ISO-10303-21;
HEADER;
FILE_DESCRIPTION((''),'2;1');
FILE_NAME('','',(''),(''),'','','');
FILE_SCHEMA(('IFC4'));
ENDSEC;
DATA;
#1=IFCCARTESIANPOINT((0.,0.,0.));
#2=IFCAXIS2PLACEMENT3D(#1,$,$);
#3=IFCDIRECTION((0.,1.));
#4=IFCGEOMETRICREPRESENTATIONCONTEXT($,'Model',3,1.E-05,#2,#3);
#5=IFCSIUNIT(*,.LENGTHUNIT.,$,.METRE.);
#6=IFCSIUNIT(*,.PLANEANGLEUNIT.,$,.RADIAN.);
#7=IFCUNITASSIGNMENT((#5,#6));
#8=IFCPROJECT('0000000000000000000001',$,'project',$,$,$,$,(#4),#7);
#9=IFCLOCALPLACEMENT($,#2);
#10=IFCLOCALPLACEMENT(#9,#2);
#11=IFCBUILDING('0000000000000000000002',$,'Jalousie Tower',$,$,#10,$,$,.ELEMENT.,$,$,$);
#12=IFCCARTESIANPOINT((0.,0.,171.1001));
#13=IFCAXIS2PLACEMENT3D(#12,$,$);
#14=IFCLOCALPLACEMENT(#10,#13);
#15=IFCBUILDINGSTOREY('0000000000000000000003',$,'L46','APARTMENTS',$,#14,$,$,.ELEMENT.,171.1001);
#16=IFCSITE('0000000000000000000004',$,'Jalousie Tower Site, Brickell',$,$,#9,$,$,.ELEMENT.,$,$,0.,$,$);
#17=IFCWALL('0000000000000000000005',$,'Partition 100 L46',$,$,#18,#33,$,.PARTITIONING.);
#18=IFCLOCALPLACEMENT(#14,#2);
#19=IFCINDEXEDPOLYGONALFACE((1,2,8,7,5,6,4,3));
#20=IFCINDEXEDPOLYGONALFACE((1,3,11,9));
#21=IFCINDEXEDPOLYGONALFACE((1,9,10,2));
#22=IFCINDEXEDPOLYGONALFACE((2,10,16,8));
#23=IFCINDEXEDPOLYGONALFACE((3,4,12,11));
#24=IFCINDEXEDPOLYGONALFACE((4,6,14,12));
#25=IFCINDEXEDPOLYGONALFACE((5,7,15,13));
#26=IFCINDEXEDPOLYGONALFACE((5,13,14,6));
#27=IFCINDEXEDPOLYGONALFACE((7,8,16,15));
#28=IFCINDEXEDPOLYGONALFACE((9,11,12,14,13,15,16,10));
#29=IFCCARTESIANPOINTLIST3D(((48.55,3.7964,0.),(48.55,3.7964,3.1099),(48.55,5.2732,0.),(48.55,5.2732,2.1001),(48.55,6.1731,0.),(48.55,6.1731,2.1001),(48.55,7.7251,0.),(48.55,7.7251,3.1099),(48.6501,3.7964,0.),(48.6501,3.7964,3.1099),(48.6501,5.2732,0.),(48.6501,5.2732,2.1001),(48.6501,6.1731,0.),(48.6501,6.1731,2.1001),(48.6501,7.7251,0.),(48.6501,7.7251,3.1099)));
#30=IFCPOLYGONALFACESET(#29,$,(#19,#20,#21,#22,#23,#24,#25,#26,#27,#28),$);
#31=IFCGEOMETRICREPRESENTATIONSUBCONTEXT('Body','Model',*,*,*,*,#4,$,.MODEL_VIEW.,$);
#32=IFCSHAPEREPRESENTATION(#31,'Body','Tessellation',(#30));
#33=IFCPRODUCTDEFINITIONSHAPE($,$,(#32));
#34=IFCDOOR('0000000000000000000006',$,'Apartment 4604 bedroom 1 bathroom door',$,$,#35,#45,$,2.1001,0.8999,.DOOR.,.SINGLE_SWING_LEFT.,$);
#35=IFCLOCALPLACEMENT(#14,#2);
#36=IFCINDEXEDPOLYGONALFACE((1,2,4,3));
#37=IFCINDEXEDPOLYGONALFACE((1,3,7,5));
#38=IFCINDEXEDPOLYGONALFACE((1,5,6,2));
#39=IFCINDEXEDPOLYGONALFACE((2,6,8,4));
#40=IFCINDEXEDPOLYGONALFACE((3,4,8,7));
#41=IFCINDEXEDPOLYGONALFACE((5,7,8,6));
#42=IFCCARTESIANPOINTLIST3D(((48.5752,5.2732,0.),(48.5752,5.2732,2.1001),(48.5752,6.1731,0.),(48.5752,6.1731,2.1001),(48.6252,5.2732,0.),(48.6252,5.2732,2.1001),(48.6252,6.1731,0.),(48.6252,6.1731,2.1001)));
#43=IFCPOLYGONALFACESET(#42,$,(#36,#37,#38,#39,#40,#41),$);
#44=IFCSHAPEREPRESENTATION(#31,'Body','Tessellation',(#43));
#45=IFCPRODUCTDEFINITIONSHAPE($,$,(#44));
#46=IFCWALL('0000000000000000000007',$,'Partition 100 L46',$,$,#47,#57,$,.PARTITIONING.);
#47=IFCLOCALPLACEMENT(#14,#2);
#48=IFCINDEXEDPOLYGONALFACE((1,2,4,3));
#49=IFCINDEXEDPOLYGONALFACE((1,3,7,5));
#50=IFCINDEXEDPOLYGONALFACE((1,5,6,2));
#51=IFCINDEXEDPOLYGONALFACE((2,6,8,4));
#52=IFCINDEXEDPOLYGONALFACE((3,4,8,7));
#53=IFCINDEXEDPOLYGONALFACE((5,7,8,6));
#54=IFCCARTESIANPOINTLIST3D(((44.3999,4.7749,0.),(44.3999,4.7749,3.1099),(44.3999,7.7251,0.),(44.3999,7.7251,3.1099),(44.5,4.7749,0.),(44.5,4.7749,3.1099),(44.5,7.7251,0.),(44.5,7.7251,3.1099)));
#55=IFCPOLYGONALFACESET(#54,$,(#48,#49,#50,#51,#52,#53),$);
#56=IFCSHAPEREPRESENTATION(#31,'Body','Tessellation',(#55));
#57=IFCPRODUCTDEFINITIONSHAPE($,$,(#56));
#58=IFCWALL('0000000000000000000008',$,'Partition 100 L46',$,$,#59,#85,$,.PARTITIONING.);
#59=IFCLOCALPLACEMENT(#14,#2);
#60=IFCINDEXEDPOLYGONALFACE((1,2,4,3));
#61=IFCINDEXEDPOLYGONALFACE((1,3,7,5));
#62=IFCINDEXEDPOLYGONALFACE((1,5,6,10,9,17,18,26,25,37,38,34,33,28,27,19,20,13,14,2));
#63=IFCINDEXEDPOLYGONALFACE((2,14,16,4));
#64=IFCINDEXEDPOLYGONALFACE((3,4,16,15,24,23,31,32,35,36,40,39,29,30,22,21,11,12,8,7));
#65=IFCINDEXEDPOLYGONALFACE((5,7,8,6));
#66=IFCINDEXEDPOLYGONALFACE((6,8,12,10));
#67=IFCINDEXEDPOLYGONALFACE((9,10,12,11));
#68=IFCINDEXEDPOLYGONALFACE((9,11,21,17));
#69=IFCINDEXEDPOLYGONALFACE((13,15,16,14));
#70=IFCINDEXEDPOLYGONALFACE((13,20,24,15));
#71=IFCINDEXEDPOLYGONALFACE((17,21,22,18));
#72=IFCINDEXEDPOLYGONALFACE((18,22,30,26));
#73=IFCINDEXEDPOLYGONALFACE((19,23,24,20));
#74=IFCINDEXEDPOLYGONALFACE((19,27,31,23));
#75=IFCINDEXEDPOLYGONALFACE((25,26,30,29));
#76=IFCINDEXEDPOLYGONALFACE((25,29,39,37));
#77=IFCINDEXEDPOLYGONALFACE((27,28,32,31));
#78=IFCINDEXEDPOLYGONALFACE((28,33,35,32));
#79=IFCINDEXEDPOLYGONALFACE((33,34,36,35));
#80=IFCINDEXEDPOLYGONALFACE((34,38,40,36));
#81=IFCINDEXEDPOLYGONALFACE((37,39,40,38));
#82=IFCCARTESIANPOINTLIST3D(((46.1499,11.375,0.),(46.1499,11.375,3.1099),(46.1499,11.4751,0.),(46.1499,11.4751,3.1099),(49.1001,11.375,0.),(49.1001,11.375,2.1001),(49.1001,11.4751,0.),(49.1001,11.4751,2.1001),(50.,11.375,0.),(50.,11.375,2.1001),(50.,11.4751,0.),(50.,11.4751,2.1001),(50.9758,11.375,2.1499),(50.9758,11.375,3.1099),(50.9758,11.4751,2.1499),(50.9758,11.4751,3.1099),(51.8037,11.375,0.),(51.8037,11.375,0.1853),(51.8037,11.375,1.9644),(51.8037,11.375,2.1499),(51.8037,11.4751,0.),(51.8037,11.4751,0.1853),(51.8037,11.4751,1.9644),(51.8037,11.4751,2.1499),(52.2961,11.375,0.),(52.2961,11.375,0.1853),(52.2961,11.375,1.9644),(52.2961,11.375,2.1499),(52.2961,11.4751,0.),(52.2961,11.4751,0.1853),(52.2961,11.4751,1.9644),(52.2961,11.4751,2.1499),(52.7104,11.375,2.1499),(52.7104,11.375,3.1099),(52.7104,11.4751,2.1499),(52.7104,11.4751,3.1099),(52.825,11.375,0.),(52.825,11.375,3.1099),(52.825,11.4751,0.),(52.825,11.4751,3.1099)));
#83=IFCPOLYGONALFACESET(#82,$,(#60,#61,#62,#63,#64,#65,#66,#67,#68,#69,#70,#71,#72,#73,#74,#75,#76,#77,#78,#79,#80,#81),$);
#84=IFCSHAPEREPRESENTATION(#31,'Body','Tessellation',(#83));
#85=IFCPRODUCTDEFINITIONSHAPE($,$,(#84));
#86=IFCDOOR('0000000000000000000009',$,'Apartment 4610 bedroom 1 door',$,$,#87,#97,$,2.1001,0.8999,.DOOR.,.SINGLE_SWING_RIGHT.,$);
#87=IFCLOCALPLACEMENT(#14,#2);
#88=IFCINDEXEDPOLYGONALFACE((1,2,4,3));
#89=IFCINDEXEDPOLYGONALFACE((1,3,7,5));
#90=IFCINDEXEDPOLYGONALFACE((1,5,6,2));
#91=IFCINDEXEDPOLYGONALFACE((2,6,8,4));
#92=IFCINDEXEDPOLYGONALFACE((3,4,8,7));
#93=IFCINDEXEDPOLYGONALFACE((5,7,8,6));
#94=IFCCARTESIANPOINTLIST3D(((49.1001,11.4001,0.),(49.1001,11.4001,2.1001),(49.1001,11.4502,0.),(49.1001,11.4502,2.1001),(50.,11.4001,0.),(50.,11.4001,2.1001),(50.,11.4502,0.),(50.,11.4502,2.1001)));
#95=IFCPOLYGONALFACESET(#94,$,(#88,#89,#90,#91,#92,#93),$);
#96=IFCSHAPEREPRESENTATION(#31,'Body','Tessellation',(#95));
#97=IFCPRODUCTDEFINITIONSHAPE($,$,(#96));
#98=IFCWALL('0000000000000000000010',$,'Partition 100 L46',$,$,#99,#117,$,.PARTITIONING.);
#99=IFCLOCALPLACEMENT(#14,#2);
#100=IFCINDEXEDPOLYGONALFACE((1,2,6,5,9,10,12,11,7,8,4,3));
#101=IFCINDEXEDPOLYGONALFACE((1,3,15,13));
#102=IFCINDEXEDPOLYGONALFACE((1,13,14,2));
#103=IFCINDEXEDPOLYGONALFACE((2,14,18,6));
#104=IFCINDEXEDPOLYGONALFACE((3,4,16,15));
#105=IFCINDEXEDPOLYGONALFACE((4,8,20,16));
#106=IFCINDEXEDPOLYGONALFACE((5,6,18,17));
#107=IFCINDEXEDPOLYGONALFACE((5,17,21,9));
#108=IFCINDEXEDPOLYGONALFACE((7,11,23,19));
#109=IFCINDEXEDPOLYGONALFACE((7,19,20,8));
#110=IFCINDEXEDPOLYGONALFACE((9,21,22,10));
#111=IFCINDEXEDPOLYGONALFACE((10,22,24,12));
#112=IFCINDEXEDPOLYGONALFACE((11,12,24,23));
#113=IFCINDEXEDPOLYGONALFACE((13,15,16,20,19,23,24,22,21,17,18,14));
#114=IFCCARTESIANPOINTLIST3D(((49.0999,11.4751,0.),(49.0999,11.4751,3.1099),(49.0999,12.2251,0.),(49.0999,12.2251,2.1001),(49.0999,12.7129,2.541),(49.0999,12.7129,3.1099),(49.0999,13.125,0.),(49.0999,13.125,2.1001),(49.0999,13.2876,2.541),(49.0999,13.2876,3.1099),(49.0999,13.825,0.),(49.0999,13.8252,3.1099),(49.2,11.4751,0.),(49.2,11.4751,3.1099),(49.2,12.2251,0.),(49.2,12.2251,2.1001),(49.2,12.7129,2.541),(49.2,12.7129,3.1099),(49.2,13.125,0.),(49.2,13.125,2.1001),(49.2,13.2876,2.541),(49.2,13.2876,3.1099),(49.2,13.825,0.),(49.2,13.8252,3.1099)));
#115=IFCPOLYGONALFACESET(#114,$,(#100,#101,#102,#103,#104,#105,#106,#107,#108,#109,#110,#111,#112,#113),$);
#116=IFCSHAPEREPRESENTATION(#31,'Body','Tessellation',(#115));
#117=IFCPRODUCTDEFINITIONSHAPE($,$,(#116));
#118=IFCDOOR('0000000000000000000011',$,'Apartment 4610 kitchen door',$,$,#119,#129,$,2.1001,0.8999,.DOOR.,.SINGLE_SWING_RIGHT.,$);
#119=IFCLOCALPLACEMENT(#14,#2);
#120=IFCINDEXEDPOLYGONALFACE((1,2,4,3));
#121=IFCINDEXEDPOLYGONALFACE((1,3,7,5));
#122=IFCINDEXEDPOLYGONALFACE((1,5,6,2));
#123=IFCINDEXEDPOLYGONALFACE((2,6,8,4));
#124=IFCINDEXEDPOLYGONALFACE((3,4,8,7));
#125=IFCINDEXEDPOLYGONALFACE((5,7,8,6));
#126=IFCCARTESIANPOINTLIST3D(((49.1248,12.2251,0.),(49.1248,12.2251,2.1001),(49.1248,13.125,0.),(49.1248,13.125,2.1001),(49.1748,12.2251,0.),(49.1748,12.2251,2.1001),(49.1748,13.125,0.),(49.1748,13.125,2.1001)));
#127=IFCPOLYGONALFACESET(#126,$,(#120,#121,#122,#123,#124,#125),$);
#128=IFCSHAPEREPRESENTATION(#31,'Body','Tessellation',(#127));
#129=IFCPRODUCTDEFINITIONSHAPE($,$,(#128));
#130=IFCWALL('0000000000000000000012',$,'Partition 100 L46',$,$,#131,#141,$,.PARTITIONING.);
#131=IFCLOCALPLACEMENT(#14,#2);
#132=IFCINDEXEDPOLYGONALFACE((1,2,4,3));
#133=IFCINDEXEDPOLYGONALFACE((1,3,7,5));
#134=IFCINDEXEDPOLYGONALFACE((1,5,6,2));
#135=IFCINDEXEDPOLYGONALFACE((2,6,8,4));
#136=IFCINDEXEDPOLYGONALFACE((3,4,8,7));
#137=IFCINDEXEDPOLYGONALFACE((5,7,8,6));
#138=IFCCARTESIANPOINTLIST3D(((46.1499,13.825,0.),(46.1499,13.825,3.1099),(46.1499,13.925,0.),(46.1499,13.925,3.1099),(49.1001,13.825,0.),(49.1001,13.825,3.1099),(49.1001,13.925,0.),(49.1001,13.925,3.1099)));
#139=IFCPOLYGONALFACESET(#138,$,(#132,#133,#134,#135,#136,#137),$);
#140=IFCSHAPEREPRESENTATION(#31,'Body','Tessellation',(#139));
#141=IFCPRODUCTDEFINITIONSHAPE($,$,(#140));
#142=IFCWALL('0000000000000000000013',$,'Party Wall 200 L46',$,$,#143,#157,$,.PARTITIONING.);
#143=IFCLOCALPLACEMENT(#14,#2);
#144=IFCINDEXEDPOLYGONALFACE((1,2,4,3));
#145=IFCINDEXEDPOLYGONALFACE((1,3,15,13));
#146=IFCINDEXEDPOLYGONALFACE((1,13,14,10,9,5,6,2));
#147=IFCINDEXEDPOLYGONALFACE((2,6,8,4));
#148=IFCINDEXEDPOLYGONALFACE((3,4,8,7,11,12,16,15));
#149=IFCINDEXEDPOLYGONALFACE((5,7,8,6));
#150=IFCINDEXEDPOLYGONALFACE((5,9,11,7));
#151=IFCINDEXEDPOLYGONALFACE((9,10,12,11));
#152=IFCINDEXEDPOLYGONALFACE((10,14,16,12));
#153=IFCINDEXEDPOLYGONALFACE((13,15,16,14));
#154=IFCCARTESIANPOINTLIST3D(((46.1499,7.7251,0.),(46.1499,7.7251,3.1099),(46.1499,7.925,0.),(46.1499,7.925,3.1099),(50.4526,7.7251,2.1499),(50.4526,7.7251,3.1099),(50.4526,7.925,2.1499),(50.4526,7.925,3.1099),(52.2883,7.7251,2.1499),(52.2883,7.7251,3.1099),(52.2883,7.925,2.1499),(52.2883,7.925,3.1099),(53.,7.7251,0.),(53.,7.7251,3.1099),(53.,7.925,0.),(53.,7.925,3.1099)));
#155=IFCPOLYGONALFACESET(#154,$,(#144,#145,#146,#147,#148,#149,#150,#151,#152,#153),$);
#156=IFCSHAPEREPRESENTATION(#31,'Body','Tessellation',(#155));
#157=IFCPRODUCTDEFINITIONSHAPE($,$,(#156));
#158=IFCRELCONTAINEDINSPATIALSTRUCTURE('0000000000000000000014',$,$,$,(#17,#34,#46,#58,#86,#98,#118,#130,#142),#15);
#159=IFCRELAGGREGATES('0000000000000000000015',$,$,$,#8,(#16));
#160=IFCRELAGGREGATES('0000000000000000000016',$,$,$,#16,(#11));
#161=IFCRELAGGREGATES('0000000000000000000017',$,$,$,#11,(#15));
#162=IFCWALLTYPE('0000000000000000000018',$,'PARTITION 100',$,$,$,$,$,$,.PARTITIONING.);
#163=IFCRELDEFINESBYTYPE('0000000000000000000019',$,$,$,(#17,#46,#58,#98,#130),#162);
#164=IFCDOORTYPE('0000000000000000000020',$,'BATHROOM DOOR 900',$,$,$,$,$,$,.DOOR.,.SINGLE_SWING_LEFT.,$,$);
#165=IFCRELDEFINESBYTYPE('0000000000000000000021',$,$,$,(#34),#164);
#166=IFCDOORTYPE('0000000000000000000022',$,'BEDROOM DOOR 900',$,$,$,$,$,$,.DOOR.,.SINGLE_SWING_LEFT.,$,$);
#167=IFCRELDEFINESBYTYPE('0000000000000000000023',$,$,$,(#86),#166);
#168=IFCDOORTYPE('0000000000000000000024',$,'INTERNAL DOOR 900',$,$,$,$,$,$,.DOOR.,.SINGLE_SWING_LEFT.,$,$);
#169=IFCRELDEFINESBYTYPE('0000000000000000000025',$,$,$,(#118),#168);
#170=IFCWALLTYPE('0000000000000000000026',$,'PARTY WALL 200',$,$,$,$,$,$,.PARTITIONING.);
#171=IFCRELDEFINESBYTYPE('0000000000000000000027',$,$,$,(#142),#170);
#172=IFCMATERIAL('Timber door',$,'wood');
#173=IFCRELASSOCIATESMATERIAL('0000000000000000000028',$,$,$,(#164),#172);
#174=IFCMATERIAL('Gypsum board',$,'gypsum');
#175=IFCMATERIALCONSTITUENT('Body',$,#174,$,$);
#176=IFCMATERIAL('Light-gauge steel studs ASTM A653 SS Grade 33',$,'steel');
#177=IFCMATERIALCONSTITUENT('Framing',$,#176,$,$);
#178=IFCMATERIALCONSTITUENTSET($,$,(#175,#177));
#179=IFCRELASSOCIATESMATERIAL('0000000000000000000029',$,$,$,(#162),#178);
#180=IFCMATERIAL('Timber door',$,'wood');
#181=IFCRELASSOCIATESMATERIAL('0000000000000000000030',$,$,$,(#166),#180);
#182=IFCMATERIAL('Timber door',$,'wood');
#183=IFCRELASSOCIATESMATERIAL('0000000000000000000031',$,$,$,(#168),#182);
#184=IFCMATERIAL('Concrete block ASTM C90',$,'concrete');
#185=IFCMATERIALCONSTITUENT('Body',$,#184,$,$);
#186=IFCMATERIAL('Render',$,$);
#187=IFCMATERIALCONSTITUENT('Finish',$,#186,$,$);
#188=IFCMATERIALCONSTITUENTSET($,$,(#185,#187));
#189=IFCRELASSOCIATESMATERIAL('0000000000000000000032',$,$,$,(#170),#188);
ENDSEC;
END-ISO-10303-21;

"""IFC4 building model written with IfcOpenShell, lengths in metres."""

from ifc_helpers import new_model, si_unit, direction, frame, frame_2d, origin, place, context, subcontext, project, spatial, polyline, rectangle, outline, extrude, material, constituent, constituent_set, type_object, element, fill, save


model = new_model("IFC4")

# Units and contexts
model_context = context("Model", 3, precision=1e-05, world=origin(), true_north=direction((0.0, 1.0)))
body_context = subcontext(model_context, "Body", "Model", "MODEL_VIEW")
ifc_project = project(units=[si_unit("LENGTHUNIT", "METRE"), si_unit("PLANEANGLEUNIT", "RADIAN")], contexts=[model_context])

# Site, building, storey
site_placement = place(None, origin())
site = spatial("IfcSite", under=ifc_project, at=site_placement, Name="Jalousie Tower Site, Brickell", CompositionType="ELEMENT", RefElevation=0.0)
building_placement = place(site_placement, origin())
building = spatial("IfcBuilding", under=site, at=building_placement, Name="Jalousie Tower", CompositionType="ELEMENT")
storey_placement = place(building_placement, frame((0.0, 0.0, 171.1001)))
storey = spatial("IfcBuildingStorey", under=building, at=storey_placement, Name="L46", Description="APARTMENTS", CompositionType="ELEMENT", Elevation=171.1001)

# Shared definitions
ifc_material_1 = material(Name="Timber door", Category="wood")
door_type_1 = type_object("IfcDoorType", Name="BATHROOM DOOR 900", OperationType="SINGLE_SWING_LEFT", PredefinedType="DOOR", material=ifc_material_1)

# Wall, opening, door
ifc_material_2 = material(Name="Gypsum board", Category="gypsum")
ifc_constituent_1 = constituent(ifc_material_2, Name="Body")
ifc_material_3 = material(Name="Light-gauge steel studs ASTM A653 SS Grade 33", Category="steel")
ifc_constituent_2 = constituent(ifc_material_3, Name="Framing")
ifc_constituent_set_1 = constituent_set(constituents=[ifc_constituent_1, ifc_constituent_2])
wall_type_1 = type_object("IfcWallType", Name="PARTITION 100", PredefinedType="PARTITIONING", material=ifc_constituent_set_1)
wall_1_placement = place(storey_placement, frame((48.6001, 3.7964, 0.0), z_axis=(0.0, 0.0, 1.0), x_axis=(0.0, 1.0, 0.0)))
wall_1 = element("IfcWall", 1, at=wall_1_placement, inside=storey, type_object=wall_type_1, Name="Partition 100 L46", PredefinedType="PARTITIONING", context=body_context, shape_type="SweptSolid", body=[
    extrude(rectangle(XDim=3.9287, YDim=0.1001, at=frame_2d((1.9644, 0.0))), origin(), (0.0, 0.0, 1.0), 3.1099),
])
opening_1_placement = place(wall_1_placement, frame((1.4768, 0.0, 0.0)))
opening_1 = element("IfcOpeningElement", 2, at=opening_1_placement, cuts=wall_1, PredefinedType="OPENING", context=body_context, shape_type="SweptSolid", body=[
    extrude(rectangle(XDim=0.8999, YDim=2.1001, at=frame_2d((0.45, 1.05))), frame((0.0, 0.0601, 0.0), z_axis=(0.0, -1.0, 0.0), x_axis=(1.0, 0.0, 0.0)), (0.0, 0.0, 1.0), 0.1201),
])
door_1_placement = place(opening_1_placement, origin())
door_1 = element("IfcDoor", 3, at=door_1_placement, inside=storey, type_object=door_type_1, Name="Apartment 4604 bedroom 1 bathroom door", OperationType="SINGLE_SWING_LEFT", OverallHeight=2.1001, OverallWidth=0.8999, PredefinedType="DOOR", context=body_context, shape_type="SweptSolid", body=[
    extrude(rectangle(XDim=0.8999, YDim=2.1001, at=frame_2d((0.45, 1.05))), frame((0.0, 0.0249, 0.0), z_axis=(0.0, -1.0, 0.0), x_axis=(1.0, 0.0, 0.0)), (0.0, 0.0, 1.0), 0.05),
])
fill(opening_1, door_1)

# Wall
wall_2_placement = place(storey_placement, frame((44.45, 4.7749, 0.0), z_axis=(0.0, 0.0, 1.0), x_axis=(0.0, 1.0, 0.0)))
element("IfcWall", 4, at=wall_2_placement, inside=storey, type_object=wall_type_1, Name="Partition 100 L46", PredefinedType="PARTITIONING", context=body_context, shape_type="SweptSolid", body=[
    extrude(rectangle(XDim=2.9502, YDim=0.1001, at=frame_2d((1.4751, 0.0))), origin(), (0.0, 0.0, 1.0), 3.1099),
])

# Walls, openings, doors
wall_3_placement = place(storey_placement, frame((52.825, 11.425, 0.0), z_axis=(0.0, 0.0, 1.0), x_axis=(-1.0, 0.0, 0.0)))
wall_3 = element("IfcWall", 5, at=wall_3_placement, inside=storey, type_object=wall_type_1, Name="Partition 100 L46", PredefinedType="PARTITIONING", context=body_context, shape_type="SweptSolid", body=[
    extrude(outline(polyline([(0.1145, 3.1099), (0.0, 3.1099), (0.0, 0.0), (0.5288, 0.0), (0.5288, 0.1853), (1.0212, 0.1853), (1.0212, 0.0), (6.675, 0.0), (6.675, 3.1099), (1.8491, 3.1099), (1.8491, 2.1499), (1.0212, 2.1499), (1.0212, 1.9644), (0.5288, 1.9644), (0.5288, 2.1499), (0.1145, 2.1499), (0.1145, 3.1099)])), frame((0.0, 0.05, 0.0), z_axis=(0.0, -1.0, 0.0), x_axis=(1.0, 0.0, 0.0)), (0.0, 0.0, 1.0), 0.1001),
])
opening_2_placement = place(wall_3_placement, frame((2.825, 0.0, 0.0)))
opening_2 = element("IfcOpeningElement", 6, at=opening_2_placement, cuts=wall_3, PredefinedType="OPENING", context=body_context, shape_type="SweptSolid", body=[
    extrude(rectangle(XDim=0.8999, YDim=2.1001, at=frame_2d((0.45, 1.05))), frame((0.0, 0.0601, 0.0), z_axis=(0.0, -1.0, 0.0), x_axis=(1.0, 0.0, 0.0)), (0.0, 0.0, 1.0), 0.1201),
])
ifc_material_4 = material(Name="Timber door", Category="wood")
door_type_2 = type_object("IfcDoorType", Name="BEDROOM DOOR 900", OperationType="SINGLE_SWING_LEFT", PredefinedType="DOOR", material=ifc_material_4)
door_2_placement = place(opening_2_placement, origin())
door_2 = element("IfcDoor", 7, at=door_2_placement, inside=storey, type_object=door_type_2, Name="Apartment 4610 bedroom 1 door", OperationType="SINGLE_SWING_RIGHT", OverallHeight=2.1001, OverallWidth=0.8999, PredefinedType="DOOR", context=body_context, shape_type="SweptSolid", body=[
    extrude(rectangle(XDim=0.8999, YDim=2.1001, at=frame_2d((0.45, 1.05))), frame((0.0, 0.0249, 0.0), z_axis=(0.0, -1.0, 0.0), x_axis=(1.0, 0.0, 0.0)), (0.0, 0.0, 1.0), 0.05),
])
fill(opening_2, door_2)
wall_4_placement = place(storey_placement, frame((49.1499, 11.4751, 0.0), z_axis=(0.0, 0.0, 1.0), x_axis=(0.0, 1.0, 0.0)))
wall_4 = element("IfcWall", 8, at=wall_4_placement, inside=storey, type_object=wall_type_1, Name="Partition 100 L46", PredefinedType="PARTITIONING", context=body_context, shape_type="SweptSolid", body=[
    extrude(outline(polyline([(0.0, 0.0), (2.3499, 0.0), (2.3501, 3.1099), (1.8125, 3.1099), (1.8125, 2.541), (1.2378, 2.541), (1.2378, 3.1099), (0.0, 3.1099), (0.0, 0.0)])), frame((0.0, 0.05, 0.0), z_axis=(0.0, -1.0, 0.0), x_axis=(1.0, 0.0, 0.0)), (0.0, 0.0, 1.0), 0.1001),
])
opening_3_placement = place(wall_4_placement, frame((0.75, 0.0, 0.0)))
opening_3 = element("IfcOpeningElement", 9, at=opening_3_placement, cuts=wall_4, PredefinedType="OPENING", context=body_context, shape_type="SweptSolid", body=[
    extrude(rectangle(XDim=0.8999, YDim=2.1001, at=frame_2d((0.45, 1.05))), frame((0.0, 0.0601, 0.0), z_axis=(0.0, -1.0, 0.0), x_axis=(1.0, 0.0, 0.0)), (0.0, 0.0, 1.0), 0.1201),
])
ifc_material_5 = material(Name="Timber door", Category="wood")
door_type_3 = type_object("IfcDoorType", Name="INTERNAL DOOR 900", OperationType="SINGLE_SWING_LEFT", PredefinedType="DOOR", material=ifc_material_5)
door_3_placement = place(opening_3_placement, frame((0.8999, 0.0, 0.0), z_axis=(0.0, 0.0, 1.0), x_axis=(-1.0, 0.0, 0.0)))
door_3 = element("IfcDoor", 10, at=door_3_placement, inside=storey, type_object=door_type_3, Name="Apartment 4610 kitchen door", OperationType="SINGLE_SWING_RIGHT", OverallHeight=2.1001, OverallWidth=0.8999, PredefinedType="DOOR", context=body_context, shape_type="SweptSolid", body=[
    extrude(rectangle(XDim=0.8999, YDim=2.1001, at=frame_2d((0.45, 1.05))), frame((0.0, 0.0249, 0.0), z_axis=(0.0, -1.0, 0.0), x_axis=(1.0, 0.0, 0.0)), (0.0, 0.0, 1.0), 0.05),
])
fill(opening_3, door_3)

# Walls
wall_5_placement = place(storey_placement, frame((49.1001, 13.875, 0.0), z_axis=(0.0, 0.0, 1.0), x_axis=(-1.0, 0.0, 0.0)))
element("IfcWall", 11, at=wall_5_placement, inside=storey, type_object=wall_type_1, Name="Partition 100 L46", PredefinedType="PARTITIONING", context=body_context, shape_type="SweptSolid", body=[
    extrude(rectangle(XDim=2.9502, YDim=0.1001, at=frame_2d((1.4751, 0.0))), origin(), (0.0, 0.0, 1.0), 3.1099),
])
ifc_material_6 = material(Name="Concrete block ASTM C90", Category="concrete")
ifc_constituent_3 = constituent(ifc_material_6, Name="Body")
ifc_material_7 = material(Name="Render")
ifc_constituent_4 = constituent(ifc_material_7, Name="Finish")
ifc_constituent_set_2 = constituent_set(constituents=[ifc_constituent_3, ifc_constituent_4])
wall_type_2 = type_object("IfcWallType", Name="PARTY WALL 200", PredefinedType="PARTITIONING", material=ifc_constituent_set_2)
wall_6_placement = place(storey_placement, frame((46.1499, 7.825, 0.0), z_axis=(0.0, 0.0, 1.0), x_axis=(1.0, 0.0, 0.0)))
element("IfcWall", 12, at=wall_6_placement, inside=storey, type_object=wall_type_2, Name="Party Wall 200 L46", PredefinedType="PARTITIONING", context=body_context, shape_type="SweptSolid", body=[
    extrude(outline(polyline([(0.0, 0.0), (6.8501, 0.0), (6.8501, 3.1099), (6.1384, 3.1099), (6.1384, 2.1499), (4.3027, 2.1499), (4.3027, 3.1099), (0.0, 3.1099), (0.0, 0.0)])), frame((0.0, 0.1001, 0.0), z_axis=(0.0, -1.0, 0.0), x_axis=(1.0, 0.0, 0.0)), (0.0, 0.0, 1.0), 0.2),
])

save(model, "model.ifc")
